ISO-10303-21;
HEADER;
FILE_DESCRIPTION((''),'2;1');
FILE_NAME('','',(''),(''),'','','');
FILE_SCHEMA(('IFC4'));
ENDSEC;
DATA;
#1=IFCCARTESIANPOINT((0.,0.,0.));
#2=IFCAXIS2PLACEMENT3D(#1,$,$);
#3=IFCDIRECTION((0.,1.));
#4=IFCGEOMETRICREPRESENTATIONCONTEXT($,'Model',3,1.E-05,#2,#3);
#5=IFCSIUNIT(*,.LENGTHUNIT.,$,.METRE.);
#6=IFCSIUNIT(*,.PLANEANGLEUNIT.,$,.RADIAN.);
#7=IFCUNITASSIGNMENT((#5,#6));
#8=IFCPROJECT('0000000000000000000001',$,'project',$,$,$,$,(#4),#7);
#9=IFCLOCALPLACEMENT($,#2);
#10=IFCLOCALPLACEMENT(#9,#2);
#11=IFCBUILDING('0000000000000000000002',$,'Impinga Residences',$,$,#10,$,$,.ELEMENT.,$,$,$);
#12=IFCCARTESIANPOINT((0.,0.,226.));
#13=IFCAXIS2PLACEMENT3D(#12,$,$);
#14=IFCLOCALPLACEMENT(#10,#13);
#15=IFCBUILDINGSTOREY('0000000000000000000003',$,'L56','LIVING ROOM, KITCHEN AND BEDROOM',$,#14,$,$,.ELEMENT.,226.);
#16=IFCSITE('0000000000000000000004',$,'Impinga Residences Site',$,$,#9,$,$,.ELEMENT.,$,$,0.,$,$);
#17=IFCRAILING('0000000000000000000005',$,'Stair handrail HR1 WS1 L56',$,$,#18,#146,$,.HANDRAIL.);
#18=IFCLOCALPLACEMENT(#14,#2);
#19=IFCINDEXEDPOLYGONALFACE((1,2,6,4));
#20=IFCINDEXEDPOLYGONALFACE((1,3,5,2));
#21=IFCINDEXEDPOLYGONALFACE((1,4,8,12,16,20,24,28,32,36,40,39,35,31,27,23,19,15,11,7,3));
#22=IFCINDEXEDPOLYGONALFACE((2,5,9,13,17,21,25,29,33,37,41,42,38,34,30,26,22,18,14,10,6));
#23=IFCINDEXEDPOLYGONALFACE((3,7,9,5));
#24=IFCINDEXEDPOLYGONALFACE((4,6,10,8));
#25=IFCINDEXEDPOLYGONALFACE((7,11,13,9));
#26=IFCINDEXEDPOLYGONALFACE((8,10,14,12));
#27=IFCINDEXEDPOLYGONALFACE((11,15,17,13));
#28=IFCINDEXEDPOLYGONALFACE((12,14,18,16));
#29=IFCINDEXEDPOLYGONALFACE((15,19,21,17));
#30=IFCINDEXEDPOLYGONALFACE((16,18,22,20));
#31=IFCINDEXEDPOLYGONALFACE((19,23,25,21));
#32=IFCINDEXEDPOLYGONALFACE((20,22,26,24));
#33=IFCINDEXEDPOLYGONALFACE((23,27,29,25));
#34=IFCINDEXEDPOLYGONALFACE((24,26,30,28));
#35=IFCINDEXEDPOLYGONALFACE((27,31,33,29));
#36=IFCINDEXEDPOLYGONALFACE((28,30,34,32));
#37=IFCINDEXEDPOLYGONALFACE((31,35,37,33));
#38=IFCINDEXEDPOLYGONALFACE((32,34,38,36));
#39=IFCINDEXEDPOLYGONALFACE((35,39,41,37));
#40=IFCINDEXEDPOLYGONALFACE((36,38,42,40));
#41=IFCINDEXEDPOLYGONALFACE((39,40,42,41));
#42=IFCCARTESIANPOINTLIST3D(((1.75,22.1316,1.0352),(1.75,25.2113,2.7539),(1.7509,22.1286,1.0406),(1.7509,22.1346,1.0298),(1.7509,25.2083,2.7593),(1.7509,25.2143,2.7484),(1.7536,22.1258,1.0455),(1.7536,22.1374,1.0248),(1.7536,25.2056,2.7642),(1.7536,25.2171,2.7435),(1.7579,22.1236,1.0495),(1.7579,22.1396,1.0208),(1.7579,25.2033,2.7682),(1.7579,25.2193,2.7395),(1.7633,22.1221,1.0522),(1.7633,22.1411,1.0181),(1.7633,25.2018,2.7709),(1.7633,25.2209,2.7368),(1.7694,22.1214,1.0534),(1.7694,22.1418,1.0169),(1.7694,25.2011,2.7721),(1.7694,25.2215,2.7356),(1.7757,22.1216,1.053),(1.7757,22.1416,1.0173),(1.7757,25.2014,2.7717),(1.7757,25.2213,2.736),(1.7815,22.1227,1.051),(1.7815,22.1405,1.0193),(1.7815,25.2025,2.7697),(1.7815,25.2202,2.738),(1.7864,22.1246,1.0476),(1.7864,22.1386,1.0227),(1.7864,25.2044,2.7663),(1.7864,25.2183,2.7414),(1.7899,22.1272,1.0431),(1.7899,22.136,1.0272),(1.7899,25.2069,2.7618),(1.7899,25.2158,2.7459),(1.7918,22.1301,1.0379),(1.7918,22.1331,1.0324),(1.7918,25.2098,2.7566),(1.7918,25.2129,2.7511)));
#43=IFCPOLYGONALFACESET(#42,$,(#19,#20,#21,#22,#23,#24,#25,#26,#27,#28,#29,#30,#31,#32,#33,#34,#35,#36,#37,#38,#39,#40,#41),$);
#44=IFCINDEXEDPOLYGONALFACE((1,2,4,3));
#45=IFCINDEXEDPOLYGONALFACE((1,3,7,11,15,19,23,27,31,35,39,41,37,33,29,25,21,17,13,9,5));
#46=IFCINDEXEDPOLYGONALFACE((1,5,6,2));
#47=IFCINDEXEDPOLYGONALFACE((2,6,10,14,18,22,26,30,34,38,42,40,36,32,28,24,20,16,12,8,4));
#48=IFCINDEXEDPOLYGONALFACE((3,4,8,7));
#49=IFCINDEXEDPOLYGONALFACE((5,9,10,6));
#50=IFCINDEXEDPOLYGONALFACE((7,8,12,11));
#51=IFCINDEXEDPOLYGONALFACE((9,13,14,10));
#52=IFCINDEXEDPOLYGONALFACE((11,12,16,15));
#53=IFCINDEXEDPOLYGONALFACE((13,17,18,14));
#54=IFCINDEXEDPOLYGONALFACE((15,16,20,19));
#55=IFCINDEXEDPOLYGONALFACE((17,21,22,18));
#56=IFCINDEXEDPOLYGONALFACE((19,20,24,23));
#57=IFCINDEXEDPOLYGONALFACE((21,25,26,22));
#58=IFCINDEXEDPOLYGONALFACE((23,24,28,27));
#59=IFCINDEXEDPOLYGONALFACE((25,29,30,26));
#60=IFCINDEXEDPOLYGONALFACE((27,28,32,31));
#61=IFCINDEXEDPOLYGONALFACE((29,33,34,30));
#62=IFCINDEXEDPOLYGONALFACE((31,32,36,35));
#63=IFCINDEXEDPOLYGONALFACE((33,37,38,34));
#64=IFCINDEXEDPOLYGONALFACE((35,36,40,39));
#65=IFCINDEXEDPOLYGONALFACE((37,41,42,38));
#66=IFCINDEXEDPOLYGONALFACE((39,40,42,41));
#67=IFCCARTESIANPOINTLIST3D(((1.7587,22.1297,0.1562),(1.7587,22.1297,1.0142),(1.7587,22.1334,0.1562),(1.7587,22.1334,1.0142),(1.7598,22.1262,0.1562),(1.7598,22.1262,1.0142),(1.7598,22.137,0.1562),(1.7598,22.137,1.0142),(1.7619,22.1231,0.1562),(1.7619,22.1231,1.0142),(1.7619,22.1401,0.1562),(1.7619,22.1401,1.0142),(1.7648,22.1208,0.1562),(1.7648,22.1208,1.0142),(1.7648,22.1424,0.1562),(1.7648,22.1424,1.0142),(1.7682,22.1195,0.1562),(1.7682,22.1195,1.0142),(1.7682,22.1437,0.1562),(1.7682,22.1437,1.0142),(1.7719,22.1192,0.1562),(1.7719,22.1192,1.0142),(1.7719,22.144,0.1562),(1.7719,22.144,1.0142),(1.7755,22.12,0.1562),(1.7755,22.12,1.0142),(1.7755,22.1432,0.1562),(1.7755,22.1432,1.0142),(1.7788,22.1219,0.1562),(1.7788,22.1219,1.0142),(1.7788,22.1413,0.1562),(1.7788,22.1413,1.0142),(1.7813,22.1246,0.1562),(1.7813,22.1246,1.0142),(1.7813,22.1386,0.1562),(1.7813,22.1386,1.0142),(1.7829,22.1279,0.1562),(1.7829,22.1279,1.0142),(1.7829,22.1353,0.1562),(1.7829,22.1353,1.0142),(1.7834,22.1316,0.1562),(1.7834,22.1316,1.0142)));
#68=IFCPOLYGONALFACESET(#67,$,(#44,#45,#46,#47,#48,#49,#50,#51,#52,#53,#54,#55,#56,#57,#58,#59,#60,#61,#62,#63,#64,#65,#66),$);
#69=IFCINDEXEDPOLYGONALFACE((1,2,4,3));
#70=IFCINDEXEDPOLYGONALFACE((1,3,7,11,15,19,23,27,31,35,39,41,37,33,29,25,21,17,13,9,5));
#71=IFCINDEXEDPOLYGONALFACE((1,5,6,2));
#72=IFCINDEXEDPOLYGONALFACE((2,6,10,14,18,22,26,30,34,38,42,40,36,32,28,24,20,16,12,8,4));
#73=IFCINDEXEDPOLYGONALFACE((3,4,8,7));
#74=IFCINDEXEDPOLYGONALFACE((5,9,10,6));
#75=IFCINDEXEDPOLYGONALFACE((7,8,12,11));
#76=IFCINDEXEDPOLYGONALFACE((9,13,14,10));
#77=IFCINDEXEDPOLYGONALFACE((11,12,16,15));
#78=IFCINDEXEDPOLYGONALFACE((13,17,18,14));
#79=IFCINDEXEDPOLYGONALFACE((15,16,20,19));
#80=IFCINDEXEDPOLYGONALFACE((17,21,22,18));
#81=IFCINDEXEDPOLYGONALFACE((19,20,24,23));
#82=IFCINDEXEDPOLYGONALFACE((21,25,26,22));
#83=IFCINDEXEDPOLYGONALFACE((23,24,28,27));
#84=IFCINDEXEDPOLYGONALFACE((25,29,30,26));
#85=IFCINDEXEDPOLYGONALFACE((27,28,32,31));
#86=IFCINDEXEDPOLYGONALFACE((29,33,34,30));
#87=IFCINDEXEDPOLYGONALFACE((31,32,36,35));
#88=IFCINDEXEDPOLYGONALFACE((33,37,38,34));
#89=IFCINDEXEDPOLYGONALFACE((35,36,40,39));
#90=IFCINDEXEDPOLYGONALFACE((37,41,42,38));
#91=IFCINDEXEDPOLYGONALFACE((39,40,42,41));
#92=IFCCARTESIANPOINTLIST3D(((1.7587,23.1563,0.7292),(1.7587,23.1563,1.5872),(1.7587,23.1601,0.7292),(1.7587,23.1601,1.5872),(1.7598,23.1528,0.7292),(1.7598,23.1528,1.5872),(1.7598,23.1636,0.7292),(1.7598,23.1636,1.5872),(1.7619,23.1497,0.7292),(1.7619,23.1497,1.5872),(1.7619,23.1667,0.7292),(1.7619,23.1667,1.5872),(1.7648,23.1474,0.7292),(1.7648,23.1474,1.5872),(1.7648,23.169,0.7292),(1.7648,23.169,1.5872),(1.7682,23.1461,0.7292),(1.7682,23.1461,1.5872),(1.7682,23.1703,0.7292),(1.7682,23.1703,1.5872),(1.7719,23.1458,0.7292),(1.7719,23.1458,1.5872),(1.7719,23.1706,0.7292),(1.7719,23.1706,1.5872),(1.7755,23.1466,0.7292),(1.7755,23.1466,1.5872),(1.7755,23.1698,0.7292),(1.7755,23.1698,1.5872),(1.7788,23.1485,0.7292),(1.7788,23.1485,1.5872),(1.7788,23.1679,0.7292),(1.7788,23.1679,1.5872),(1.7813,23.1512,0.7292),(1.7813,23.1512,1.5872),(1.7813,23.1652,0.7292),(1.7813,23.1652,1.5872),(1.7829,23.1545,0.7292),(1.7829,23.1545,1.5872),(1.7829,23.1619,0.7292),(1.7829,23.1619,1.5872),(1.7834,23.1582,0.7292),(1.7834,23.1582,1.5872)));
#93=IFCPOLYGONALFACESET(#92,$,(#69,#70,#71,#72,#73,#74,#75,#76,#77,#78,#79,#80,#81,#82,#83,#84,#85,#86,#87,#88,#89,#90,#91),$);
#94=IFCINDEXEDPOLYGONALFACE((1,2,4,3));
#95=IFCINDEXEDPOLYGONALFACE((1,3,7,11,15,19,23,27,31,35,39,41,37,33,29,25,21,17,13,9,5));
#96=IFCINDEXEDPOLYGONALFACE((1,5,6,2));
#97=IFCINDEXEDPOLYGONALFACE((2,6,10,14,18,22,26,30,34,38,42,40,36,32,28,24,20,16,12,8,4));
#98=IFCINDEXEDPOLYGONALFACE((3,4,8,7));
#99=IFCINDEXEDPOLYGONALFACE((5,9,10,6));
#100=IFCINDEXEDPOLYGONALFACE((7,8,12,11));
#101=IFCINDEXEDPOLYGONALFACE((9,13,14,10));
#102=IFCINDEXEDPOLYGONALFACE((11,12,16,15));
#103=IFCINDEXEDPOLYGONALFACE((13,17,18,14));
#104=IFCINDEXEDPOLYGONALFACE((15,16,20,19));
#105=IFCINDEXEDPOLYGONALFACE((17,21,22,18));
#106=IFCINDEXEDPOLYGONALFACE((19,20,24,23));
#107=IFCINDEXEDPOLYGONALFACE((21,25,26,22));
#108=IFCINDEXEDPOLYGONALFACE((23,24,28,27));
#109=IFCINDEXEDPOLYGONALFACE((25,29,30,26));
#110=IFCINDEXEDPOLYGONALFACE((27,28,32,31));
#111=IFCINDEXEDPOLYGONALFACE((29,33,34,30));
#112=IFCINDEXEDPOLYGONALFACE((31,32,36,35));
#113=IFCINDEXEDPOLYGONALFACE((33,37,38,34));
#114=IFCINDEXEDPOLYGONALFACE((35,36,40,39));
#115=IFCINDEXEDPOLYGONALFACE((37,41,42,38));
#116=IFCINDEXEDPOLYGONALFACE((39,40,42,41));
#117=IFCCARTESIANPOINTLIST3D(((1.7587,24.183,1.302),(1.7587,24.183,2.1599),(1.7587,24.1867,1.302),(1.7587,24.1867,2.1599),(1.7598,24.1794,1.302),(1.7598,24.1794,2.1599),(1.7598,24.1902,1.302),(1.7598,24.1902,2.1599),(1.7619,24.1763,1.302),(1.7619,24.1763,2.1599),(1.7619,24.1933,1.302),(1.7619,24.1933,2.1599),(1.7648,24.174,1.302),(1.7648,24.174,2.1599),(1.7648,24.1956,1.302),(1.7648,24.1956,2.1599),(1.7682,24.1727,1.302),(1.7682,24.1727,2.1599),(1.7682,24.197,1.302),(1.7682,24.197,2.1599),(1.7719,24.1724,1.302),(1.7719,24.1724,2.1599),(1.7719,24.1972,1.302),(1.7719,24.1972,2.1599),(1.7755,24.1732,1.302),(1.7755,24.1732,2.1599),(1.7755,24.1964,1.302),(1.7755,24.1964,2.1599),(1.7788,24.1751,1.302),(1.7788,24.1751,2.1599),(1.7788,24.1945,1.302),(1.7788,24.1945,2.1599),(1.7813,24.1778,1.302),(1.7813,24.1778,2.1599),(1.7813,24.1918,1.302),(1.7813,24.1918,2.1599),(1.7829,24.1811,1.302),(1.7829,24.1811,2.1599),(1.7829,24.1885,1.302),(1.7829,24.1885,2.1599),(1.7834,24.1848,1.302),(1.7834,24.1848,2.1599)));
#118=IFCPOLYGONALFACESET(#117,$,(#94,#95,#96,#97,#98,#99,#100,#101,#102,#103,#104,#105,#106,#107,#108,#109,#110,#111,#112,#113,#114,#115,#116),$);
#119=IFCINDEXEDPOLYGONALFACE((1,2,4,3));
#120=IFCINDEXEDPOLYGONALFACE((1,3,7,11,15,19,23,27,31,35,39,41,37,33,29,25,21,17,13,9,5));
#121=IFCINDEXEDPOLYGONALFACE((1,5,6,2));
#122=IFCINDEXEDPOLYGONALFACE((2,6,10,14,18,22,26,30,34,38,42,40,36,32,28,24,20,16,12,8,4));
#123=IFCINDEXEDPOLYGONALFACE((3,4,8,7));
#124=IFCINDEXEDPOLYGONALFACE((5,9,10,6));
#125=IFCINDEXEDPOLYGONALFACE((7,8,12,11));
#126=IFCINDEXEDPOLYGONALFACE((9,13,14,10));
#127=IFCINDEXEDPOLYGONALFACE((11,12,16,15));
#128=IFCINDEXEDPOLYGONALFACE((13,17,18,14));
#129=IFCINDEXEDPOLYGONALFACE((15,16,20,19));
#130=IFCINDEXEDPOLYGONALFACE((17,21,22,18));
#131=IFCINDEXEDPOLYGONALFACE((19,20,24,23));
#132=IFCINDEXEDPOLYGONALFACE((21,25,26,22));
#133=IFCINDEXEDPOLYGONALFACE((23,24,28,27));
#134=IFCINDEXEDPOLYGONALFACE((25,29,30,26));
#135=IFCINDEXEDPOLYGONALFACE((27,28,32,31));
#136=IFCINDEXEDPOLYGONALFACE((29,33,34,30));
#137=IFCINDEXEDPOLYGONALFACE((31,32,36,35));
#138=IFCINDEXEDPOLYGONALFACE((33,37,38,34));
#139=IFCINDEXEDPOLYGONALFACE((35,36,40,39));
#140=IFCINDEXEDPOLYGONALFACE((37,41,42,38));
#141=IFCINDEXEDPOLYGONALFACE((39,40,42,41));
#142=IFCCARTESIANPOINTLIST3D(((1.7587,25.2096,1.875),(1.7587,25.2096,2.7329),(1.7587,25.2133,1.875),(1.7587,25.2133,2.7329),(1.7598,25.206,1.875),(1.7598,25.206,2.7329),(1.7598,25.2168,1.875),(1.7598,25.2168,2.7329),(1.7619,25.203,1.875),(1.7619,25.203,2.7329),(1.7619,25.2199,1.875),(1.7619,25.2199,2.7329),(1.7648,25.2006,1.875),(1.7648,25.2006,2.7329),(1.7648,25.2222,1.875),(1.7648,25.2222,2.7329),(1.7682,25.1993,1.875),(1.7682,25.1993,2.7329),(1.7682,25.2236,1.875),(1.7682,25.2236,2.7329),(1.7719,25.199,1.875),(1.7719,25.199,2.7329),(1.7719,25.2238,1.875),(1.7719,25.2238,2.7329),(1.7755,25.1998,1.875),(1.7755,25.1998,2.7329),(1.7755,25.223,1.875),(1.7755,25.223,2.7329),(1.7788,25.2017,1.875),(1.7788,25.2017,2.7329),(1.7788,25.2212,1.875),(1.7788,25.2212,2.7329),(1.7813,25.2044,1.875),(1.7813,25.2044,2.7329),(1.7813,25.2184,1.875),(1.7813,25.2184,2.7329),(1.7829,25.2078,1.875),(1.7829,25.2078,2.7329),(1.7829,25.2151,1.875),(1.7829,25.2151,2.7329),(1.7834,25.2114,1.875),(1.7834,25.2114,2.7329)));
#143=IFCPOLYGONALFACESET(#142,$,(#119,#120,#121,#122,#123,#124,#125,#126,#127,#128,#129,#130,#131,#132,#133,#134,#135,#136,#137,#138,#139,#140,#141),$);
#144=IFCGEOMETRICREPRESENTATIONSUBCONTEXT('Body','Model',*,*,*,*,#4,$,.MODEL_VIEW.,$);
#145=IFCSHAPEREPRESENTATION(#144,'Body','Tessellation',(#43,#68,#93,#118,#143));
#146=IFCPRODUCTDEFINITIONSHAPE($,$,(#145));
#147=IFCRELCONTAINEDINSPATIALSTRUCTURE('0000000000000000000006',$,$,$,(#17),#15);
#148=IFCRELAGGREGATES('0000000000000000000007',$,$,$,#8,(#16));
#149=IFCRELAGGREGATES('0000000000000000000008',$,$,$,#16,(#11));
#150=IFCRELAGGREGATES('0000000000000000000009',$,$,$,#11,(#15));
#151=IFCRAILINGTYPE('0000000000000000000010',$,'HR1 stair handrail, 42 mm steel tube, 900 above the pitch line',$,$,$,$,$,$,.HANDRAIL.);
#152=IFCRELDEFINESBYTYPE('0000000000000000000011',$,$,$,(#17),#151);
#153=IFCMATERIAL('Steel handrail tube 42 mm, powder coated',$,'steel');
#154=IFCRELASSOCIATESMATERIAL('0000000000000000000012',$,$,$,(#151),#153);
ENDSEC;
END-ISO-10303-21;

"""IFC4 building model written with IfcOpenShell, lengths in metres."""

from ifc_helpers import new_model, si_unit, direction, frame, origin, origin_2d, place, context, subcontext, project, spatial, circle, extrude, material, type_object, element, save


model = new_model("IFC4")

# Units and contexts
model_context = context("Model", 3, precision=1e-05, world=origin(), true_north=direction((0.0, 1.0)))
body_context = subcontext(model_context, "Body", "Model", "MODEL_VIEW")
ifc_project = project(units=[si_unit("LENGTHUNIT", "METRE"), si_unit("PLANEANGLEUNIT", "RADIAN")], contexts=[model_context])

# Site, building, storey
site_placement = place(None, origin())
site = spatial("IfcSite", under=ifc_project, at=site_placement, Name="Impinga Residences Site", CompositionType="ELEMENT", RefElevation=0.0)
building_placement = place(site_placement, origin())
building = spatial("IfcBuilding", under=site, at=building_placement, Name="Impinga Residences", CompositionType="ELEMENT")
storey_placement = place(building_placement, frame((0.0, 0.0, 226.0)))
storey = spatial("IfcBuildingStorey", under=building, at=storey_placement, Name="L56", Description="LIVING ROOM, KITCHEN AND BEDROOM", CompositionType="ELEMENT", Elevation=226.0)

# Railing
ifc_material_1 = material(Name="Steel handrail tube 42 mm, powder coated", Category="steel")
railing_type_1 = type_object("IfcRailingType", Name="HR1 stair handrail, 42 mm steel tube, 900 above the pitch line", PredefinedType="HANDRAIL", material=ifc_material_1)
railing_1_placement = place(storey_placement, frame((1.771, 22.1316, 0.1562)))
element("IfcRailing", 1, at=railing_1_placement, inside=storey, type_object=railing_type_1, Name="Stair handrail HR1 WS1 L56", PredefinedType="HANDRAIL", context=body_context, shape_type="SweptSolid", body=[
    extrude(circle(Radius=0.021, at=origin_2d()), frame((0.0, 0.0, 0.8789), z_axis=(0.0, 0.873225, 0.487317), x_axis=(-1.0, 0.0, 0.0)), (0.0, 0.0, 1.0), 3.5269),
    extrude(circle(Radius=0.0125, at=origin_2d()), origin(), (0.0, 0.0, 1.0), 0.8579),
    extrude(circle(Radius=0.0125, at=origin_2d()), frame((0.0, 1.0266, 0.573)), (0.0, 0.0, 1.0), 0.8579),
    extrude(circle(Radius=0.0125, at=origin_2d()), frame((0.0, 2.0532, 1.1458)), (0.0, 0.0, 1.0), 0.8579),
    extrude(circle(Radius=0.0125, at=origin_2d()), frame((0.0, 3.0798, 1.7188)), (0.0, 0.0, 1.0), 0.8579),
])

save(model, "model.ifc")
